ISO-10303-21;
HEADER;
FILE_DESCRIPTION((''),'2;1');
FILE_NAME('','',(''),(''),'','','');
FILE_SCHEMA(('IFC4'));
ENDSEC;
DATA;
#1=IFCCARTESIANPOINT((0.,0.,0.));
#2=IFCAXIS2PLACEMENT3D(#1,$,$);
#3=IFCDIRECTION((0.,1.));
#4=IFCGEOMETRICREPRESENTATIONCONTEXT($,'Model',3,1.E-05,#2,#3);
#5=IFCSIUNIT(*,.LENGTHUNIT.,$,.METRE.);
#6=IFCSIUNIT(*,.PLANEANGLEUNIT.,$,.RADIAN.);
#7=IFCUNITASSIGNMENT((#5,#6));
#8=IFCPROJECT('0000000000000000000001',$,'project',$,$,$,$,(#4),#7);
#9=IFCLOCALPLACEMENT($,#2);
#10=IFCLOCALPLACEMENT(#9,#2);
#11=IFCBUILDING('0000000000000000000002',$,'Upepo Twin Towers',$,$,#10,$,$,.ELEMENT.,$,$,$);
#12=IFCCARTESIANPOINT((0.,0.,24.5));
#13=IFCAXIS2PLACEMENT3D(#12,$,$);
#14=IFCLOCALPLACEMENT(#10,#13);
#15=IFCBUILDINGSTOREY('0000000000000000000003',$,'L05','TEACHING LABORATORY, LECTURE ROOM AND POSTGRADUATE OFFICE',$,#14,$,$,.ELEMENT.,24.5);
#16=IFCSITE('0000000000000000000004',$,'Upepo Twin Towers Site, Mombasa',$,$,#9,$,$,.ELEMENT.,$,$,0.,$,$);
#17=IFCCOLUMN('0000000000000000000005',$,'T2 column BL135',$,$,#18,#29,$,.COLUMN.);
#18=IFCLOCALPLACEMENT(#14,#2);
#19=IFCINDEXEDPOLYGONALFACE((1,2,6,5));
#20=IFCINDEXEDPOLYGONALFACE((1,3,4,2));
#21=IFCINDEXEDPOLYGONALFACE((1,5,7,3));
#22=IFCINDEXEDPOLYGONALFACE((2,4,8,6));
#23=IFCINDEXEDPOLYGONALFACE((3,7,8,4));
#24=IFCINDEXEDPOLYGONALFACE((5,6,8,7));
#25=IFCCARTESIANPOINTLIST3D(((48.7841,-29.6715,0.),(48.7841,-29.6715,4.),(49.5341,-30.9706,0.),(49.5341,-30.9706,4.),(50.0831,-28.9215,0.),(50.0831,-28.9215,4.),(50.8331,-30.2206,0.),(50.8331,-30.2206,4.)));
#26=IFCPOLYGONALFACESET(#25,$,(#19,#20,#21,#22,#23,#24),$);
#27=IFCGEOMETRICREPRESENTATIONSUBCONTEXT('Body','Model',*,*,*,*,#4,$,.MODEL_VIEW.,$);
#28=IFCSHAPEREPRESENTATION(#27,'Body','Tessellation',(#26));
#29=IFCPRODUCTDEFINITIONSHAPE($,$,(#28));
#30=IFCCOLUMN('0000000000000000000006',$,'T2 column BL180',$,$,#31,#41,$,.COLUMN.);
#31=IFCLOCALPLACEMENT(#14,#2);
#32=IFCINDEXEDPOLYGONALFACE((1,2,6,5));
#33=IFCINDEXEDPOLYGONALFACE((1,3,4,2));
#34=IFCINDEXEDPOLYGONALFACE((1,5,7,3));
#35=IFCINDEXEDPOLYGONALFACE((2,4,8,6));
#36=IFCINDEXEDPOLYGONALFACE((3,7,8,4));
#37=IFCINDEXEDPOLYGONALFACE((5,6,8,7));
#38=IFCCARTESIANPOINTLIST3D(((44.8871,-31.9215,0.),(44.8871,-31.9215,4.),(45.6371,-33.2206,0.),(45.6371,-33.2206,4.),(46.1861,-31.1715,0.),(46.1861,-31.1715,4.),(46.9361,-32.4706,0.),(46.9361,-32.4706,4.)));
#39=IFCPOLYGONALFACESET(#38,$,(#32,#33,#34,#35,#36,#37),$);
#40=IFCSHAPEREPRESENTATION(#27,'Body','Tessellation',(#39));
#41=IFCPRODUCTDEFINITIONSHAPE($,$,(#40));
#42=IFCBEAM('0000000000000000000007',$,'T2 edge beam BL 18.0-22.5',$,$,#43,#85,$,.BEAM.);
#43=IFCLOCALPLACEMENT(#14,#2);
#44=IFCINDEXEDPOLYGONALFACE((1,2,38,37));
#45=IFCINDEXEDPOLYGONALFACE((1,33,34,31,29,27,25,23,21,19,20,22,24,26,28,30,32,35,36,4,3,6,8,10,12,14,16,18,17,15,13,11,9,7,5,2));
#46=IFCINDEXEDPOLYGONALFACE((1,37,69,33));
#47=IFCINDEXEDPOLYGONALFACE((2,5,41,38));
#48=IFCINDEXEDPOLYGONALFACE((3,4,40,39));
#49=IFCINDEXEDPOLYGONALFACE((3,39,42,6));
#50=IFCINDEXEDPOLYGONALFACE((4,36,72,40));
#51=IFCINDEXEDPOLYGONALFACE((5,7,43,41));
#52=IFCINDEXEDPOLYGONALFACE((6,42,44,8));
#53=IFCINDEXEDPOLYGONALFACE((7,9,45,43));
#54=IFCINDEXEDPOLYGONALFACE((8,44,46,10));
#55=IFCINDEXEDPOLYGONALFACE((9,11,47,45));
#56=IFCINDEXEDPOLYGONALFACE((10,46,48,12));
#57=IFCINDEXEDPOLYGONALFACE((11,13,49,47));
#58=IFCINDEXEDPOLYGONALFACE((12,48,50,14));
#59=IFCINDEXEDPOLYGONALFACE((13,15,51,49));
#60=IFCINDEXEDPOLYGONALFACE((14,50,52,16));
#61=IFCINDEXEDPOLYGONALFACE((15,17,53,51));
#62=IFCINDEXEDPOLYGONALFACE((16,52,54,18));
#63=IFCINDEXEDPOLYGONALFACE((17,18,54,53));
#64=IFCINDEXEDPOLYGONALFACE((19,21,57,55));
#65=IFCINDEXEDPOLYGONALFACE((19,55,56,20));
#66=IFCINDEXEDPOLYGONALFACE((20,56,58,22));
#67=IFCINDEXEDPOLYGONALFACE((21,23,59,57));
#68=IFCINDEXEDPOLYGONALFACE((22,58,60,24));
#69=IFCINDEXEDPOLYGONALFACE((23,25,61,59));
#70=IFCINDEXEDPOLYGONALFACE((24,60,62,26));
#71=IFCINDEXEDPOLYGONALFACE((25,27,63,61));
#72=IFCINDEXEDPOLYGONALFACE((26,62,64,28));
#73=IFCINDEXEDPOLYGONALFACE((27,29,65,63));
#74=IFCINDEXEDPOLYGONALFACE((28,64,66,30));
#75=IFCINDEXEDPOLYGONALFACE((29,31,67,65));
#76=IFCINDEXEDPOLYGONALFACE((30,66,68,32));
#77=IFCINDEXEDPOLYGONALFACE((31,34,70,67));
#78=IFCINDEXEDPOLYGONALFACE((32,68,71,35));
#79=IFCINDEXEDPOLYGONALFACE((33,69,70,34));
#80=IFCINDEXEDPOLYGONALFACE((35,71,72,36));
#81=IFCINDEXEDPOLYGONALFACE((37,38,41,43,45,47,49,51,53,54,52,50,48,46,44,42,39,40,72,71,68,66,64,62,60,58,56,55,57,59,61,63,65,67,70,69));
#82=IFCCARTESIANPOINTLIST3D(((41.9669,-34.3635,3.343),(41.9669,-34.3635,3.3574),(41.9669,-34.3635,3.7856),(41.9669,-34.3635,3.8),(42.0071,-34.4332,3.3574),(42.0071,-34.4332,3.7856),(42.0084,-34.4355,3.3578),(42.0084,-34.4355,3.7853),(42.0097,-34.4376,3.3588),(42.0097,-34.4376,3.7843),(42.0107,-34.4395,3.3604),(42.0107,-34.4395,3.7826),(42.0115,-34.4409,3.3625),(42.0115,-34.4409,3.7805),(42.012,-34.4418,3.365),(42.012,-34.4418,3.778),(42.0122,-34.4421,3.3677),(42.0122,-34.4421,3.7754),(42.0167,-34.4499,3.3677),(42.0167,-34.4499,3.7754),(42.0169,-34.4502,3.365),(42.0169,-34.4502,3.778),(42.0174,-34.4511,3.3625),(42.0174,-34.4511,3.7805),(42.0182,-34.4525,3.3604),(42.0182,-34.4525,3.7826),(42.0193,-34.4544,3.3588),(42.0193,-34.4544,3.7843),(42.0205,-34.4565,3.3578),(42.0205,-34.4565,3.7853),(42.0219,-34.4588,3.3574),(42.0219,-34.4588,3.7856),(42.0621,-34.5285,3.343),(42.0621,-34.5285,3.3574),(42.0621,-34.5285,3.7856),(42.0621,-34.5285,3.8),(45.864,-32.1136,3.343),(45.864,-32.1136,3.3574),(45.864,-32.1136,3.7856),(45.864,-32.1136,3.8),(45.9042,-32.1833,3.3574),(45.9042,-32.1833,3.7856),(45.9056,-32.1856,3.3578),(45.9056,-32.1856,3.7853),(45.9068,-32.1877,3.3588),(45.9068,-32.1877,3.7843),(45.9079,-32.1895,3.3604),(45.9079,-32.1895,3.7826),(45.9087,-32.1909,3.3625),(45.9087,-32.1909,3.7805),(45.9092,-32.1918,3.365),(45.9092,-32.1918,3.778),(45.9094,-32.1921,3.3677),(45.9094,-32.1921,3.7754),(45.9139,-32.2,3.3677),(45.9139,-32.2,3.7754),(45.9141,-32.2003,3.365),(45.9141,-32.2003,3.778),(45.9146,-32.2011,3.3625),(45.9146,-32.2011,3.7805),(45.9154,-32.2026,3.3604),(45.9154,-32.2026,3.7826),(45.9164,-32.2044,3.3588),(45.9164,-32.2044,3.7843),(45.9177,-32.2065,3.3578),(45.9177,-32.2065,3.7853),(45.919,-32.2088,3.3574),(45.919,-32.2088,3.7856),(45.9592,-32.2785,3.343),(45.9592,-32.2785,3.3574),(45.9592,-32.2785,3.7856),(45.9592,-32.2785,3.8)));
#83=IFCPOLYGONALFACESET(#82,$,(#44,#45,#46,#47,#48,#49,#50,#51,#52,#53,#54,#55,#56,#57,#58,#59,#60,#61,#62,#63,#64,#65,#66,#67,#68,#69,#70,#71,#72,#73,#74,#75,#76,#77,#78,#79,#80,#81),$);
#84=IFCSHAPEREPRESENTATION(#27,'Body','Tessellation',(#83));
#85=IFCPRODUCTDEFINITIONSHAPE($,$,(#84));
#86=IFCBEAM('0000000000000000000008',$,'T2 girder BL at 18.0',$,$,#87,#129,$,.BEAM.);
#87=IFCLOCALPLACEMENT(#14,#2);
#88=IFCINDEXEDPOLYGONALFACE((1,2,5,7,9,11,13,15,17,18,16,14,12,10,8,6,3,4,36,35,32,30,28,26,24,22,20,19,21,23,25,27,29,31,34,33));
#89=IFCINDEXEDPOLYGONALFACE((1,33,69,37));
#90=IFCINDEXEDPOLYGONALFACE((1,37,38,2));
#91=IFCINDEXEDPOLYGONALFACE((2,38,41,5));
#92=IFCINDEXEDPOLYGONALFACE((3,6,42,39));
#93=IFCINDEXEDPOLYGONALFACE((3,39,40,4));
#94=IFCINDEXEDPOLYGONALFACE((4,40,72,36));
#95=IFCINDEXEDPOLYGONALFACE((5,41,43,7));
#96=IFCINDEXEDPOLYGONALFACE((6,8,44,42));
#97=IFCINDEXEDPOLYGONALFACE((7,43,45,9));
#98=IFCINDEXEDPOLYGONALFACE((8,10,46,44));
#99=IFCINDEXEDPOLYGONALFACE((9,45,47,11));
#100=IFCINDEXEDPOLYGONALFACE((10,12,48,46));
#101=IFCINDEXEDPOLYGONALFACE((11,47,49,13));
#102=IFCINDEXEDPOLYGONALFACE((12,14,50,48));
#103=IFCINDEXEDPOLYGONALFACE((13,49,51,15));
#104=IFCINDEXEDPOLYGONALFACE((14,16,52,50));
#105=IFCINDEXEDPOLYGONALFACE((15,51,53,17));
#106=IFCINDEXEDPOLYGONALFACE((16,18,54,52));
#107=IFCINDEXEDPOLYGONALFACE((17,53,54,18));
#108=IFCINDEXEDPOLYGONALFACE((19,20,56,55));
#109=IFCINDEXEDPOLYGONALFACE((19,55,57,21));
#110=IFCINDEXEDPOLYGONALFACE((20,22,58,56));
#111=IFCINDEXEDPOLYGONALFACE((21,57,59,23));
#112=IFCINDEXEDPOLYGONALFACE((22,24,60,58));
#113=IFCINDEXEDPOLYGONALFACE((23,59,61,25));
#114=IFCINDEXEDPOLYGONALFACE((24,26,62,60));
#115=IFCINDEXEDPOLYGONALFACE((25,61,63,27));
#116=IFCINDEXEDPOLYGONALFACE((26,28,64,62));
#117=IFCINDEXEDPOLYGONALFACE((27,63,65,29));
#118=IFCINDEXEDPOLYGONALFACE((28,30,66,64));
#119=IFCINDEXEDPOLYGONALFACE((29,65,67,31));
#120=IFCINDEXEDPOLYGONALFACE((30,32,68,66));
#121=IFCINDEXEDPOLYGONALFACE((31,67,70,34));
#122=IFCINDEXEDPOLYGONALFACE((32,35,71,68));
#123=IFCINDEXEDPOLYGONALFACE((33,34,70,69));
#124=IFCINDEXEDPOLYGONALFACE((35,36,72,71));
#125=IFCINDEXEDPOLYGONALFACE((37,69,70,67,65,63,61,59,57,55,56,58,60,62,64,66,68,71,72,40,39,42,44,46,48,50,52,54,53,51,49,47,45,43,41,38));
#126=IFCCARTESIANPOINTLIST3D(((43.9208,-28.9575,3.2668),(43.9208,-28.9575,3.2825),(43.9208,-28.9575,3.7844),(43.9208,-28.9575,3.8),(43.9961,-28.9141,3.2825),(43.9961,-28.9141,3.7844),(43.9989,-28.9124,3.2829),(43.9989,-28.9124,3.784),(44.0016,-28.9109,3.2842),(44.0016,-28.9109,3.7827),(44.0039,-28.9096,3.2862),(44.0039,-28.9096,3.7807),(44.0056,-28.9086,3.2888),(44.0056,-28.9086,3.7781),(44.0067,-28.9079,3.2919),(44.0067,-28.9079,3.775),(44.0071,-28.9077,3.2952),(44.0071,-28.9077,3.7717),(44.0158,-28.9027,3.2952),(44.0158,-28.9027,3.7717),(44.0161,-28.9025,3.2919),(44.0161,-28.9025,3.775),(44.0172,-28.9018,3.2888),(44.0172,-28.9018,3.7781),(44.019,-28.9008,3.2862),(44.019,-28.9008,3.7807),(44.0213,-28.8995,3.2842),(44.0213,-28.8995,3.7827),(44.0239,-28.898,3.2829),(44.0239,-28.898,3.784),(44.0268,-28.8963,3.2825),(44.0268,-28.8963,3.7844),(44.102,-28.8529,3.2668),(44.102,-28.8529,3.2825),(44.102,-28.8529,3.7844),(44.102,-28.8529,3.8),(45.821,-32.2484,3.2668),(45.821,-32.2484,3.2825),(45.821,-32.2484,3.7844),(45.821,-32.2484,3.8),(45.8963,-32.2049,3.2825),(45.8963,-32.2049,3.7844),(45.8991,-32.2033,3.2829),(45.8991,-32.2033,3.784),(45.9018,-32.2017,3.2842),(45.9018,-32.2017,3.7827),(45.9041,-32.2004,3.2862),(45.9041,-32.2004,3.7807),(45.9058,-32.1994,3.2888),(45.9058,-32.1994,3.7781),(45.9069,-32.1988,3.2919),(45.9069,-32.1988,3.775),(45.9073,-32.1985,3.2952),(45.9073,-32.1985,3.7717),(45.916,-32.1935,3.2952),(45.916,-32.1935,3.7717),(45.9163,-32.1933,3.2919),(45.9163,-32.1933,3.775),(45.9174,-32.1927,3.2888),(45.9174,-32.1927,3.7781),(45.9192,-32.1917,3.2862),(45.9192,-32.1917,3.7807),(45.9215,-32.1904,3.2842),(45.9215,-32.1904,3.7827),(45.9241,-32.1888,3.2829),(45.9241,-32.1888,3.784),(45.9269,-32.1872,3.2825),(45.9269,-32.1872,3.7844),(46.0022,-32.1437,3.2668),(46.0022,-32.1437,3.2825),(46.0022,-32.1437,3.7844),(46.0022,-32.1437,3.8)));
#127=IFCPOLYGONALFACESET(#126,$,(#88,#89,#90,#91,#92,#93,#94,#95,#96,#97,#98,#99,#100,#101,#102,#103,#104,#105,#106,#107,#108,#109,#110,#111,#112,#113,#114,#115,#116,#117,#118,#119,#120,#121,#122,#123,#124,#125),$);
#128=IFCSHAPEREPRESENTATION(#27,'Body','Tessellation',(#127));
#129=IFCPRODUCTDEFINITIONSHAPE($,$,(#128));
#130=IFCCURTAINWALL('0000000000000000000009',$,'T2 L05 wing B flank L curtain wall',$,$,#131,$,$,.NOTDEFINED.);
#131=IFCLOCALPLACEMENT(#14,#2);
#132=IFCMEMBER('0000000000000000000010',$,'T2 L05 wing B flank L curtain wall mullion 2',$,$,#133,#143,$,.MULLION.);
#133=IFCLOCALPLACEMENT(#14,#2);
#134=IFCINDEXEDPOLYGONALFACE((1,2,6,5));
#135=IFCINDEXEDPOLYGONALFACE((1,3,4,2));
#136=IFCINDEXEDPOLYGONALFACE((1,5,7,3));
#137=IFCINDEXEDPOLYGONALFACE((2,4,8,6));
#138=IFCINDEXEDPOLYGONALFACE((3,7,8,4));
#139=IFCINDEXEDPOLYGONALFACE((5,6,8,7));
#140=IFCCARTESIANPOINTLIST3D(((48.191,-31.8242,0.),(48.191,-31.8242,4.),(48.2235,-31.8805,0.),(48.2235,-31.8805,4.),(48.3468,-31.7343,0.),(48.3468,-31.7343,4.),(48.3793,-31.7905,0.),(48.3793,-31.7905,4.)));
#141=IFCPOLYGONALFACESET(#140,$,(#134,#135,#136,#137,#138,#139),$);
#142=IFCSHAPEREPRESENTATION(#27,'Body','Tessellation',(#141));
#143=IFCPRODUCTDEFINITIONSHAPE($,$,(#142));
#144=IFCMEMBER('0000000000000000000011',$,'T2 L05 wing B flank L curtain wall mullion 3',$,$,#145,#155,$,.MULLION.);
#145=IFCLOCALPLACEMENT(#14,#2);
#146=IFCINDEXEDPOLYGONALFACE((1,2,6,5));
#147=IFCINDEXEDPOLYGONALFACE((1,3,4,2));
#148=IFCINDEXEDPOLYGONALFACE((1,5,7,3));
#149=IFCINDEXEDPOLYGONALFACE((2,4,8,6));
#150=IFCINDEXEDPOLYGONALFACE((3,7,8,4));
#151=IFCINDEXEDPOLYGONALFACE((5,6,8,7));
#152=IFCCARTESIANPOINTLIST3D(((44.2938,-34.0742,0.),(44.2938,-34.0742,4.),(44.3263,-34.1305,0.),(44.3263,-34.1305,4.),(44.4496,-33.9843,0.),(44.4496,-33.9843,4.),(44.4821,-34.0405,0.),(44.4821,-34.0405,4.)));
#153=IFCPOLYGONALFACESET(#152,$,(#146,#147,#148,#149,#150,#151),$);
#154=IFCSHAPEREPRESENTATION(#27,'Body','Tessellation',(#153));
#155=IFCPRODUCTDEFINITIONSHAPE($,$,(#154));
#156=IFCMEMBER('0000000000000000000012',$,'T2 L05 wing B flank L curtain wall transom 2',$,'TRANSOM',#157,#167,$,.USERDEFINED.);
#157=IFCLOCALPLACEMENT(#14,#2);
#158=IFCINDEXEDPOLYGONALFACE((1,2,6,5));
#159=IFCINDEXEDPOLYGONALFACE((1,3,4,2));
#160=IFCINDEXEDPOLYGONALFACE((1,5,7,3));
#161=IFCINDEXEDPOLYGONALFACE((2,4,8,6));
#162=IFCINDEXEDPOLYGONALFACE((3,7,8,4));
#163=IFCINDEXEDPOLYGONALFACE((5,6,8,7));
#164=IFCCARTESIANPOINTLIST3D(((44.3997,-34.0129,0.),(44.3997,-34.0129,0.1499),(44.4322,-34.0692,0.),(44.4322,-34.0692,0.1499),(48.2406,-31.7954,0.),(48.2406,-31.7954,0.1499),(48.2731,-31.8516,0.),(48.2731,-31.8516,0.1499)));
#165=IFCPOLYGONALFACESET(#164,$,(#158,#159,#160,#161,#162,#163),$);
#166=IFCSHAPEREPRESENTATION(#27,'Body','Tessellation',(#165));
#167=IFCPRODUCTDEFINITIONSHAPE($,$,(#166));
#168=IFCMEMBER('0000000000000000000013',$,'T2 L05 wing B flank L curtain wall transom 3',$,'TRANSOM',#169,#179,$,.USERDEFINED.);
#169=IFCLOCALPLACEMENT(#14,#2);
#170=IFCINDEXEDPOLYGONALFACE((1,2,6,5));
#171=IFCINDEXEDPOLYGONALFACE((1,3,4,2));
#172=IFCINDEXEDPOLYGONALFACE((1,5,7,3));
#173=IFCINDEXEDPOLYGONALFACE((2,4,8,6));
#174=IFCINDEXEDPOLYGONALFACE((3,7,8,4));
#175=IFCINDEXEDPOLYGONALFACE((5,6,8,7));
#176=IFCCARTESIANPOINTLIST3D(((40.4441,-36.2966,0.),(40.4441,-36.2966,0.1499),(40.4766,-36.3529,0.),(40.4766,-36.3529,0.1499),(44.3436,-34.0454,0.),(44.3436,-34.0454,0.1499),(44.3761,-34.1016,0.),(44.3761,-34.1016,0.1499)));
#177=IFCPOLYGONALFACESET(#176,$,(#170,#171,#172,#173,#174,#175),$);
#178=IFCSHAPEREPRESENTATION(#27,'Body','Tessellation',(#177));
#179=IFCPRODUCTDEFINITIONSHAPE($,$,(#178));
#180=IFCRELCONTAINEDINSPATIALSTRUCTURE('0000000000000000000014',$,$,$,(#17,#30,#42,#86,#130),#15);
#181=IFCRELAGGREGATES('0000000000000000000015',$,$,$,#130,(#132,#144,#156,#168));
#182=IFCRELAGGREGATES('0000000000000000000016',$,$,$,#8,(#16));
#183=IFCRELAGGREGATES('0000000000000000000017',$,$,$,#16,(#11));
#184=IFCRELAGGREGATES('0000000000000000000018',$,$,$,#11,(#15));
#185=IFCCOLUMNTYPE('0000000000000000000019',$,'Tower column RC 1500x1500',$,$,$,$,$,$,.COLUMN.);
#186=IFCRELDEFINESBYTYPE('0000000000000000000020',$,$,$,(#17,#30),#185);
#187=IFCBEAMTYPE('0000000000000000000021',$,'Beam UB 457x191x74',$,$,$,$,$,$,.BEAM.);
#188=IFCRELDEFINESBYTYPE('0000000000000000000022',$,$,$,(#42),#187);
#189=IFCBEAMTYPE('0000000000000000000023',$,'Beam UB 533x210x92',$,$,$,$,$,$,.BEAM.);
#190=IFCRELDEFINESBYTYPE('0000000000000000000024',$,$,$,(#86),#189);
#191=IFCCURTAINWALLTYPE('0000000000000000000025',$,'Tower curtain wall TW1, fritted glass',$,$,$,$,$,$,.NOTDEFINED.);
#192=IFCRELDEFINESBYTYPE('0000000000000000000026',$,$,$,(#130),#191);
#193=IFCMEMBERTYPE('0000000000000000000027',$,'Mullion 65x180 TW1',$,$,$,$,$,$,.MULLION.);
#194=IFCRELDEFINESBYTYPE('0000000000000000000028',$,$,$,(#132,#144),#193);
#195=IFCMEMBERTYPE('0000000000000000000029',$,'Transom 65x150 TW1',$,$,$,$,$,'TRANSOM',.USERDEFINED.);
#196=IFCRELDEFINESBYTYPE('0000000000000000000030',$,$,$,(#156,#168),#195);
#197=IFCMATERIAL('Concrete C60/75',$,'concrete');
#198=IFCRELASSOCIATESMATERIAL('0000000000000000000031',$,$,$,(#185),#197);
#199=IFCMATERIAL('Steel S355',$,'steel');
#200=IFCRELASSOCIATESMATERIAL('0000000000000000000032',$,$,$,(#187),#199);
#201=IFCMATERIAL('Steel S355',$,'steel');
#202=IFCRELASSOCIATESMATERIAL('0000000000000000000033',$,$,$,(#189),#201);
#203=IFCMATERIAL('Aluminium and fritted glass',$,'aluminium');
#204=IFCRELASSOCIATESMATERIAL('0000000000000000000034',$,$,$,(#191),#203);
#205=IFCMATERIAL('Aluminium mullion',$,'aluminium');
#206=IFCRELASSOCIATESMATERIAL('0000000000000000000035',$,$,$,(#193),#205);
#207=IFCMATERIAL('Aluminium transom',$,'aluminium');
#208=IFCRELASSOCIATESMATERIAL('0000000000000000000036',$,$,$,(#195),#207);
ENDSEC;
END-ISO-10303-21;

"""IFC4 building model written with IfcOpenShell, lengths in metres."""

from ifc_helpers import new_model, si_unit, direction, frame, origin, origin_2d, place, context, subcontext, project, spatial, rectangle, i_section, extrude, material, material_profile, profile_set, type_object, element, aggregate, save


model = new_model("IFC4")

# Units and contexts
model_context = context("Model", 3, precision=1e-05, world=origin(), true_north=direction((0.0, 1.0)))
body_context = subcontext(model_context, "Body", "Model", "MODEL_VIEW")
ifc_project = project(units=[si_unit("LENGTHUNIT", "METRE"), si_unit("PLANEANGLEUNIT", "RADIAN")], contexts=[model_context])

# Site, building, storey
site_placement = place(None, origin())
site = spatial("IfcSite", under=ifc_project, at=site_placement, Name="Upepo Twin Towers Site, Mombasa", CompositionType="ELEMENT", RefElevation=0.0)
building_placement = place(site_placement, origin())
building = spatial("IfcBuilding", under=site, at=building_placement, Name="Upepo Twin Towers", CompositionType="ELEMENT")
storey_placement = place(building_placement, frame((0.0, 0.0, 24.5)))
storey = spatial("IfcBuildingStorey", under=building, at=storey_placement, Name="L05", Description="TEACHING LABORATORY, LECTURE ROOM AND POSTGRADUATE OFFICE", CompositionType="ELEMENT", Elevation=24.5)

# Columns
ifc_material_1 = material(Name="Concrete C60/75", Category="concrete")
ifc_material_profile_1 = material_profile(ifc_material_1, rectangle(XDim=1.5, YDim=1.5, at=origin_2d()), Name="RC 1500x1500")
ifc_profile_set_1 = profile_set([ifc_material_profile_1], Name="Concrete C60/75")
column_type = type_object("IfcColumnType", Name="Tower column RC 1500x1500", PredefinedType="COLUMN", material=ifc_profile_set_1)
for number, where, z_axis, x_axis, name in (
    (1, (49.8086, -29.946, 0.0), (0.0, 0.0, 1.0), (0.866025, 0.5, 0.0), "T2 column BL135"),
    (2, (45.9116, -32.196, 0.0), (0.0, 0.0, 1.0), (0.866025, 0.5, 0.0), "T2 column BL180"),
):
    element("IfcColumn", number, at=place(storey_placement, frame(where, z_axis=z_axis, x_axis=x_axis)), inside=storey, type_object=column_type, Name=name, PredefinedType="COLUMN", context=body_context, shape_type="SweptSolid", body=[
        extrude(rectangle(XDim=1.5, YDim=1.5, at=origin_2d()), origin(), (0.0, 0.0, 1.0), 4.0),
    ])

# Beams
ifc_material_2 = material(Name="Steel S355", Category="steel")
ifc_material_profile_2 = material_profile(ifc_material_2, i_section(OverallWidth=0.1904, OverallDepth=0.457, WebThickness=0.009, FlangeThickness=0.0144, FilletRadius=0.0103, at=origin_2d()), Name="UB 457x191x74")
ifc_profile_set_2 = profile_set([ifc_material_profile_2], Name="Steel S355")
beam_type_1 = type_object("IfcBeamType", Name="Beam UB 457x191x74", PredefinedType="BEAM", material=ifc_profile_set_2)
beam_1_placement = place(storey_placement, frame((45.9116, -32.196, 3.5715), z_axis=(-0.866031, -0.49999, 0.0), x_axis=(0.49999, -0.866031, 0.0)))
element("IfcBeam", 3, at=beam_1_placement, inside=storey, type_object=beam_type_1, Name="T2 edge beam BL 18.0-22.5", PredefinedType="BEAM", context=body_context, shape_type="SweptSolid", body=[
    extrude(i_section(OverallWidth=0.1904, OverallDepth=0.457, WebThickness=0.009, FlangeThickness=0.0144, FilletRadius=0.0103, at=origin_2d()), origin(), (0.0, 0.0, 1.0), 4.5),
])
ifc_material_3 = material(Name="Steel S355", Category="steel")
ifc_material_profile_3 = material_profile(ifc_material_3, i_section(OverallWidth=0.2092, OverallDepth=0.5332, WebThickness=0.01, FlangeThickness=0.0156, FilletRadius=0.0127, at=origin_2d()), Name="UB 533x210x92")
ifc_profile_set_3 = profile_set([ifc_material_profile_3], Name="Steel S355")
beam_type_2 = type_object("IfcBeamType", Name="Beam UB 533x210x92", PredefinedType="BEAM", material=ifc_profile_set_3)
beam_2_placement = place(storey_placement, frame((45.9116, -32.196, 3.5334), z_axis=(-0.500043, 0.866, 0.0), x_axis=(-0.866, -0.500043, 0.0)))
element("IfcBeam", 4, at=beam_2_placement, inside=storey, type_object=beam_type_2, Name="T2 girder BL at 18.0", PredefinedType="BEAM", context=body_context, shape_type="SweptSolid", body=[
    extrude(i_section(OverallWidth=0.2092, OverallDepth=0.5332, WebThickness=0.01, FlangeThickness=0.0156, FilletRadius=0.0127, at=origin_2d()), origin(), (0.0, 0.0, 1.0), 3.8),
])

# Curtain wall, members
ifc_material_4 = material(Name="Aluminium and fritted glass", Category="aluminium")
curtain_wall_type = type_object("IfcCurtainWallType", Name="Tower curtain wall TW1, fritted glass", PredefinedType="NOTDEFINED", material=ifc_material_4)
curtain_wall_placement = place(storey_placement, origin())
curtain_wall = element("IfcCurtainWall", 5, at=curtain_wall_placement, inside=storey, type_object=curtain_wall_type, Name="T2 L05 wing B flank L curtain wall", PredefinedType="NOTDEFINED")
ifc_material_5 = material(Name="Aluminium mullion", Category="aluminium")
ifc_material_profile_4 = material_profile(ifc_material_5, rectangle(XDim=0.0649, YDim=0.1799, at=origin_2d()), Name="MULLION 65x180")
ifc_profile_set_4 = profile_set([ifc_material_profile_4], Name="Aluminium mullion")
member_type_1 = type_object("IfcMemberType", Name="Mullion 65x180 TW1", PredefinedType="MULLION", material=ifc_profile_set_4)
member_1_placement = place(storey_placement, frame((48.2852, -31.8074, 0.0), z_axis=(0.0, 0.0, 1.0), x_axis=(0.5, -0.866025, 0.0)))
member_1 = element("IfcMember", 6, at=member_1_placement, type_object=member_type_1, Name="T2 L05 wing B flank L curtain wall mullion 2", PredefinedType="MULLION", context=body_context, shape_type="SweptSolid", body=[
    extrude(rectangle(XDim=0.0649, YDim=0.1799, at=origin_2d()), origin(), (0.0, 0.0, 1.0), 4.0),
])
member_2_placement = place(storey_placement, frame((44.3879, -34.0574, 0.0), z_axis=(0.0, 0.0, 1.0), x_axis=(0.5, -0.866025, 0.0)))
member_2 = element("IfcMember", 7, at=member_2_placement, type_object=member_type_1, Name="T2 L05 wing B flank L curtain wall mullion 3", PredefinedType="MULLION", context=body_context, shape_type="SweptSolid", body=[
    extrude(rectangle(XDim=0.0649, YDim=0.1799, at=origin_2d()), origin(), (0.0, 0.0, 1.0), 4.0),
])
ifc_material_6 = material(Name="Aluminium transom", Category="aluminium")
ifc_material_profile_5 = material_profile(ifc_material_6, rectangle(XDim=0.0649, YDim=0.1499, at=origin_2d()), Name="TRANSOM 65x150")
ifc_profile_set_5 = profile_set([ifc_material_profile_5], Name="Aluminium transom")
member_type_2 = type_object("IfcMemberType", Name="Transom 65x150 TW1", ElementType="TRANSOM", PredefinedType="USERDEFINED", material=ifc_profile_set_5)
member_3_placement = place(storey_placement, frame((48.2568, -31.8235, 0.075), z_axis=(-0.866022, -0.500005, 0.0), x_axis=(0.500005, -0.866022, 0.0)))
member_3 = element("IfcMember", 8, at=member_3_placement, type_object=member_type_2, Name="T2 L05 wing B flank L curtain wall transom 2", ObjectType="TRANSOM", PredefinedType="USERDEFINED", context=body_context, shape_type="SweptSolid", body=[
    extrude(rectangle(XDim=0.0649, YDim=0.1499, at=origin_2d()), origin(), (0.0, 0.0, 1.0), 4.4351),
])
member_4_placement = place(storey_placement, frame((44.3599, -34.0735, 0.075), z_axis=(-0.866036, -0.499982, 0.0), x_axis=(0.499982, -0.866036, 0.0)))
member_4 = element("IfcMember", 9, at=member_4_placement, type_object=member_type_2, Name="T2 L05 wing B flank L curtain wall transom 3", ObjectType="TRANSOM", PredefinedType="USERDEFINED", context=body_context, shape_type="SweptSolid", body=[
    extrude(rectangle(XDim=0.0649, YDim=0.1499, at=origin_2d()), origin(), (0.0, 0.0, 1.0), 4.5027),
])
aggregate(curtain_wall, [member_1, member_2, member_3, member_4])

save(model, "model.ifc")
